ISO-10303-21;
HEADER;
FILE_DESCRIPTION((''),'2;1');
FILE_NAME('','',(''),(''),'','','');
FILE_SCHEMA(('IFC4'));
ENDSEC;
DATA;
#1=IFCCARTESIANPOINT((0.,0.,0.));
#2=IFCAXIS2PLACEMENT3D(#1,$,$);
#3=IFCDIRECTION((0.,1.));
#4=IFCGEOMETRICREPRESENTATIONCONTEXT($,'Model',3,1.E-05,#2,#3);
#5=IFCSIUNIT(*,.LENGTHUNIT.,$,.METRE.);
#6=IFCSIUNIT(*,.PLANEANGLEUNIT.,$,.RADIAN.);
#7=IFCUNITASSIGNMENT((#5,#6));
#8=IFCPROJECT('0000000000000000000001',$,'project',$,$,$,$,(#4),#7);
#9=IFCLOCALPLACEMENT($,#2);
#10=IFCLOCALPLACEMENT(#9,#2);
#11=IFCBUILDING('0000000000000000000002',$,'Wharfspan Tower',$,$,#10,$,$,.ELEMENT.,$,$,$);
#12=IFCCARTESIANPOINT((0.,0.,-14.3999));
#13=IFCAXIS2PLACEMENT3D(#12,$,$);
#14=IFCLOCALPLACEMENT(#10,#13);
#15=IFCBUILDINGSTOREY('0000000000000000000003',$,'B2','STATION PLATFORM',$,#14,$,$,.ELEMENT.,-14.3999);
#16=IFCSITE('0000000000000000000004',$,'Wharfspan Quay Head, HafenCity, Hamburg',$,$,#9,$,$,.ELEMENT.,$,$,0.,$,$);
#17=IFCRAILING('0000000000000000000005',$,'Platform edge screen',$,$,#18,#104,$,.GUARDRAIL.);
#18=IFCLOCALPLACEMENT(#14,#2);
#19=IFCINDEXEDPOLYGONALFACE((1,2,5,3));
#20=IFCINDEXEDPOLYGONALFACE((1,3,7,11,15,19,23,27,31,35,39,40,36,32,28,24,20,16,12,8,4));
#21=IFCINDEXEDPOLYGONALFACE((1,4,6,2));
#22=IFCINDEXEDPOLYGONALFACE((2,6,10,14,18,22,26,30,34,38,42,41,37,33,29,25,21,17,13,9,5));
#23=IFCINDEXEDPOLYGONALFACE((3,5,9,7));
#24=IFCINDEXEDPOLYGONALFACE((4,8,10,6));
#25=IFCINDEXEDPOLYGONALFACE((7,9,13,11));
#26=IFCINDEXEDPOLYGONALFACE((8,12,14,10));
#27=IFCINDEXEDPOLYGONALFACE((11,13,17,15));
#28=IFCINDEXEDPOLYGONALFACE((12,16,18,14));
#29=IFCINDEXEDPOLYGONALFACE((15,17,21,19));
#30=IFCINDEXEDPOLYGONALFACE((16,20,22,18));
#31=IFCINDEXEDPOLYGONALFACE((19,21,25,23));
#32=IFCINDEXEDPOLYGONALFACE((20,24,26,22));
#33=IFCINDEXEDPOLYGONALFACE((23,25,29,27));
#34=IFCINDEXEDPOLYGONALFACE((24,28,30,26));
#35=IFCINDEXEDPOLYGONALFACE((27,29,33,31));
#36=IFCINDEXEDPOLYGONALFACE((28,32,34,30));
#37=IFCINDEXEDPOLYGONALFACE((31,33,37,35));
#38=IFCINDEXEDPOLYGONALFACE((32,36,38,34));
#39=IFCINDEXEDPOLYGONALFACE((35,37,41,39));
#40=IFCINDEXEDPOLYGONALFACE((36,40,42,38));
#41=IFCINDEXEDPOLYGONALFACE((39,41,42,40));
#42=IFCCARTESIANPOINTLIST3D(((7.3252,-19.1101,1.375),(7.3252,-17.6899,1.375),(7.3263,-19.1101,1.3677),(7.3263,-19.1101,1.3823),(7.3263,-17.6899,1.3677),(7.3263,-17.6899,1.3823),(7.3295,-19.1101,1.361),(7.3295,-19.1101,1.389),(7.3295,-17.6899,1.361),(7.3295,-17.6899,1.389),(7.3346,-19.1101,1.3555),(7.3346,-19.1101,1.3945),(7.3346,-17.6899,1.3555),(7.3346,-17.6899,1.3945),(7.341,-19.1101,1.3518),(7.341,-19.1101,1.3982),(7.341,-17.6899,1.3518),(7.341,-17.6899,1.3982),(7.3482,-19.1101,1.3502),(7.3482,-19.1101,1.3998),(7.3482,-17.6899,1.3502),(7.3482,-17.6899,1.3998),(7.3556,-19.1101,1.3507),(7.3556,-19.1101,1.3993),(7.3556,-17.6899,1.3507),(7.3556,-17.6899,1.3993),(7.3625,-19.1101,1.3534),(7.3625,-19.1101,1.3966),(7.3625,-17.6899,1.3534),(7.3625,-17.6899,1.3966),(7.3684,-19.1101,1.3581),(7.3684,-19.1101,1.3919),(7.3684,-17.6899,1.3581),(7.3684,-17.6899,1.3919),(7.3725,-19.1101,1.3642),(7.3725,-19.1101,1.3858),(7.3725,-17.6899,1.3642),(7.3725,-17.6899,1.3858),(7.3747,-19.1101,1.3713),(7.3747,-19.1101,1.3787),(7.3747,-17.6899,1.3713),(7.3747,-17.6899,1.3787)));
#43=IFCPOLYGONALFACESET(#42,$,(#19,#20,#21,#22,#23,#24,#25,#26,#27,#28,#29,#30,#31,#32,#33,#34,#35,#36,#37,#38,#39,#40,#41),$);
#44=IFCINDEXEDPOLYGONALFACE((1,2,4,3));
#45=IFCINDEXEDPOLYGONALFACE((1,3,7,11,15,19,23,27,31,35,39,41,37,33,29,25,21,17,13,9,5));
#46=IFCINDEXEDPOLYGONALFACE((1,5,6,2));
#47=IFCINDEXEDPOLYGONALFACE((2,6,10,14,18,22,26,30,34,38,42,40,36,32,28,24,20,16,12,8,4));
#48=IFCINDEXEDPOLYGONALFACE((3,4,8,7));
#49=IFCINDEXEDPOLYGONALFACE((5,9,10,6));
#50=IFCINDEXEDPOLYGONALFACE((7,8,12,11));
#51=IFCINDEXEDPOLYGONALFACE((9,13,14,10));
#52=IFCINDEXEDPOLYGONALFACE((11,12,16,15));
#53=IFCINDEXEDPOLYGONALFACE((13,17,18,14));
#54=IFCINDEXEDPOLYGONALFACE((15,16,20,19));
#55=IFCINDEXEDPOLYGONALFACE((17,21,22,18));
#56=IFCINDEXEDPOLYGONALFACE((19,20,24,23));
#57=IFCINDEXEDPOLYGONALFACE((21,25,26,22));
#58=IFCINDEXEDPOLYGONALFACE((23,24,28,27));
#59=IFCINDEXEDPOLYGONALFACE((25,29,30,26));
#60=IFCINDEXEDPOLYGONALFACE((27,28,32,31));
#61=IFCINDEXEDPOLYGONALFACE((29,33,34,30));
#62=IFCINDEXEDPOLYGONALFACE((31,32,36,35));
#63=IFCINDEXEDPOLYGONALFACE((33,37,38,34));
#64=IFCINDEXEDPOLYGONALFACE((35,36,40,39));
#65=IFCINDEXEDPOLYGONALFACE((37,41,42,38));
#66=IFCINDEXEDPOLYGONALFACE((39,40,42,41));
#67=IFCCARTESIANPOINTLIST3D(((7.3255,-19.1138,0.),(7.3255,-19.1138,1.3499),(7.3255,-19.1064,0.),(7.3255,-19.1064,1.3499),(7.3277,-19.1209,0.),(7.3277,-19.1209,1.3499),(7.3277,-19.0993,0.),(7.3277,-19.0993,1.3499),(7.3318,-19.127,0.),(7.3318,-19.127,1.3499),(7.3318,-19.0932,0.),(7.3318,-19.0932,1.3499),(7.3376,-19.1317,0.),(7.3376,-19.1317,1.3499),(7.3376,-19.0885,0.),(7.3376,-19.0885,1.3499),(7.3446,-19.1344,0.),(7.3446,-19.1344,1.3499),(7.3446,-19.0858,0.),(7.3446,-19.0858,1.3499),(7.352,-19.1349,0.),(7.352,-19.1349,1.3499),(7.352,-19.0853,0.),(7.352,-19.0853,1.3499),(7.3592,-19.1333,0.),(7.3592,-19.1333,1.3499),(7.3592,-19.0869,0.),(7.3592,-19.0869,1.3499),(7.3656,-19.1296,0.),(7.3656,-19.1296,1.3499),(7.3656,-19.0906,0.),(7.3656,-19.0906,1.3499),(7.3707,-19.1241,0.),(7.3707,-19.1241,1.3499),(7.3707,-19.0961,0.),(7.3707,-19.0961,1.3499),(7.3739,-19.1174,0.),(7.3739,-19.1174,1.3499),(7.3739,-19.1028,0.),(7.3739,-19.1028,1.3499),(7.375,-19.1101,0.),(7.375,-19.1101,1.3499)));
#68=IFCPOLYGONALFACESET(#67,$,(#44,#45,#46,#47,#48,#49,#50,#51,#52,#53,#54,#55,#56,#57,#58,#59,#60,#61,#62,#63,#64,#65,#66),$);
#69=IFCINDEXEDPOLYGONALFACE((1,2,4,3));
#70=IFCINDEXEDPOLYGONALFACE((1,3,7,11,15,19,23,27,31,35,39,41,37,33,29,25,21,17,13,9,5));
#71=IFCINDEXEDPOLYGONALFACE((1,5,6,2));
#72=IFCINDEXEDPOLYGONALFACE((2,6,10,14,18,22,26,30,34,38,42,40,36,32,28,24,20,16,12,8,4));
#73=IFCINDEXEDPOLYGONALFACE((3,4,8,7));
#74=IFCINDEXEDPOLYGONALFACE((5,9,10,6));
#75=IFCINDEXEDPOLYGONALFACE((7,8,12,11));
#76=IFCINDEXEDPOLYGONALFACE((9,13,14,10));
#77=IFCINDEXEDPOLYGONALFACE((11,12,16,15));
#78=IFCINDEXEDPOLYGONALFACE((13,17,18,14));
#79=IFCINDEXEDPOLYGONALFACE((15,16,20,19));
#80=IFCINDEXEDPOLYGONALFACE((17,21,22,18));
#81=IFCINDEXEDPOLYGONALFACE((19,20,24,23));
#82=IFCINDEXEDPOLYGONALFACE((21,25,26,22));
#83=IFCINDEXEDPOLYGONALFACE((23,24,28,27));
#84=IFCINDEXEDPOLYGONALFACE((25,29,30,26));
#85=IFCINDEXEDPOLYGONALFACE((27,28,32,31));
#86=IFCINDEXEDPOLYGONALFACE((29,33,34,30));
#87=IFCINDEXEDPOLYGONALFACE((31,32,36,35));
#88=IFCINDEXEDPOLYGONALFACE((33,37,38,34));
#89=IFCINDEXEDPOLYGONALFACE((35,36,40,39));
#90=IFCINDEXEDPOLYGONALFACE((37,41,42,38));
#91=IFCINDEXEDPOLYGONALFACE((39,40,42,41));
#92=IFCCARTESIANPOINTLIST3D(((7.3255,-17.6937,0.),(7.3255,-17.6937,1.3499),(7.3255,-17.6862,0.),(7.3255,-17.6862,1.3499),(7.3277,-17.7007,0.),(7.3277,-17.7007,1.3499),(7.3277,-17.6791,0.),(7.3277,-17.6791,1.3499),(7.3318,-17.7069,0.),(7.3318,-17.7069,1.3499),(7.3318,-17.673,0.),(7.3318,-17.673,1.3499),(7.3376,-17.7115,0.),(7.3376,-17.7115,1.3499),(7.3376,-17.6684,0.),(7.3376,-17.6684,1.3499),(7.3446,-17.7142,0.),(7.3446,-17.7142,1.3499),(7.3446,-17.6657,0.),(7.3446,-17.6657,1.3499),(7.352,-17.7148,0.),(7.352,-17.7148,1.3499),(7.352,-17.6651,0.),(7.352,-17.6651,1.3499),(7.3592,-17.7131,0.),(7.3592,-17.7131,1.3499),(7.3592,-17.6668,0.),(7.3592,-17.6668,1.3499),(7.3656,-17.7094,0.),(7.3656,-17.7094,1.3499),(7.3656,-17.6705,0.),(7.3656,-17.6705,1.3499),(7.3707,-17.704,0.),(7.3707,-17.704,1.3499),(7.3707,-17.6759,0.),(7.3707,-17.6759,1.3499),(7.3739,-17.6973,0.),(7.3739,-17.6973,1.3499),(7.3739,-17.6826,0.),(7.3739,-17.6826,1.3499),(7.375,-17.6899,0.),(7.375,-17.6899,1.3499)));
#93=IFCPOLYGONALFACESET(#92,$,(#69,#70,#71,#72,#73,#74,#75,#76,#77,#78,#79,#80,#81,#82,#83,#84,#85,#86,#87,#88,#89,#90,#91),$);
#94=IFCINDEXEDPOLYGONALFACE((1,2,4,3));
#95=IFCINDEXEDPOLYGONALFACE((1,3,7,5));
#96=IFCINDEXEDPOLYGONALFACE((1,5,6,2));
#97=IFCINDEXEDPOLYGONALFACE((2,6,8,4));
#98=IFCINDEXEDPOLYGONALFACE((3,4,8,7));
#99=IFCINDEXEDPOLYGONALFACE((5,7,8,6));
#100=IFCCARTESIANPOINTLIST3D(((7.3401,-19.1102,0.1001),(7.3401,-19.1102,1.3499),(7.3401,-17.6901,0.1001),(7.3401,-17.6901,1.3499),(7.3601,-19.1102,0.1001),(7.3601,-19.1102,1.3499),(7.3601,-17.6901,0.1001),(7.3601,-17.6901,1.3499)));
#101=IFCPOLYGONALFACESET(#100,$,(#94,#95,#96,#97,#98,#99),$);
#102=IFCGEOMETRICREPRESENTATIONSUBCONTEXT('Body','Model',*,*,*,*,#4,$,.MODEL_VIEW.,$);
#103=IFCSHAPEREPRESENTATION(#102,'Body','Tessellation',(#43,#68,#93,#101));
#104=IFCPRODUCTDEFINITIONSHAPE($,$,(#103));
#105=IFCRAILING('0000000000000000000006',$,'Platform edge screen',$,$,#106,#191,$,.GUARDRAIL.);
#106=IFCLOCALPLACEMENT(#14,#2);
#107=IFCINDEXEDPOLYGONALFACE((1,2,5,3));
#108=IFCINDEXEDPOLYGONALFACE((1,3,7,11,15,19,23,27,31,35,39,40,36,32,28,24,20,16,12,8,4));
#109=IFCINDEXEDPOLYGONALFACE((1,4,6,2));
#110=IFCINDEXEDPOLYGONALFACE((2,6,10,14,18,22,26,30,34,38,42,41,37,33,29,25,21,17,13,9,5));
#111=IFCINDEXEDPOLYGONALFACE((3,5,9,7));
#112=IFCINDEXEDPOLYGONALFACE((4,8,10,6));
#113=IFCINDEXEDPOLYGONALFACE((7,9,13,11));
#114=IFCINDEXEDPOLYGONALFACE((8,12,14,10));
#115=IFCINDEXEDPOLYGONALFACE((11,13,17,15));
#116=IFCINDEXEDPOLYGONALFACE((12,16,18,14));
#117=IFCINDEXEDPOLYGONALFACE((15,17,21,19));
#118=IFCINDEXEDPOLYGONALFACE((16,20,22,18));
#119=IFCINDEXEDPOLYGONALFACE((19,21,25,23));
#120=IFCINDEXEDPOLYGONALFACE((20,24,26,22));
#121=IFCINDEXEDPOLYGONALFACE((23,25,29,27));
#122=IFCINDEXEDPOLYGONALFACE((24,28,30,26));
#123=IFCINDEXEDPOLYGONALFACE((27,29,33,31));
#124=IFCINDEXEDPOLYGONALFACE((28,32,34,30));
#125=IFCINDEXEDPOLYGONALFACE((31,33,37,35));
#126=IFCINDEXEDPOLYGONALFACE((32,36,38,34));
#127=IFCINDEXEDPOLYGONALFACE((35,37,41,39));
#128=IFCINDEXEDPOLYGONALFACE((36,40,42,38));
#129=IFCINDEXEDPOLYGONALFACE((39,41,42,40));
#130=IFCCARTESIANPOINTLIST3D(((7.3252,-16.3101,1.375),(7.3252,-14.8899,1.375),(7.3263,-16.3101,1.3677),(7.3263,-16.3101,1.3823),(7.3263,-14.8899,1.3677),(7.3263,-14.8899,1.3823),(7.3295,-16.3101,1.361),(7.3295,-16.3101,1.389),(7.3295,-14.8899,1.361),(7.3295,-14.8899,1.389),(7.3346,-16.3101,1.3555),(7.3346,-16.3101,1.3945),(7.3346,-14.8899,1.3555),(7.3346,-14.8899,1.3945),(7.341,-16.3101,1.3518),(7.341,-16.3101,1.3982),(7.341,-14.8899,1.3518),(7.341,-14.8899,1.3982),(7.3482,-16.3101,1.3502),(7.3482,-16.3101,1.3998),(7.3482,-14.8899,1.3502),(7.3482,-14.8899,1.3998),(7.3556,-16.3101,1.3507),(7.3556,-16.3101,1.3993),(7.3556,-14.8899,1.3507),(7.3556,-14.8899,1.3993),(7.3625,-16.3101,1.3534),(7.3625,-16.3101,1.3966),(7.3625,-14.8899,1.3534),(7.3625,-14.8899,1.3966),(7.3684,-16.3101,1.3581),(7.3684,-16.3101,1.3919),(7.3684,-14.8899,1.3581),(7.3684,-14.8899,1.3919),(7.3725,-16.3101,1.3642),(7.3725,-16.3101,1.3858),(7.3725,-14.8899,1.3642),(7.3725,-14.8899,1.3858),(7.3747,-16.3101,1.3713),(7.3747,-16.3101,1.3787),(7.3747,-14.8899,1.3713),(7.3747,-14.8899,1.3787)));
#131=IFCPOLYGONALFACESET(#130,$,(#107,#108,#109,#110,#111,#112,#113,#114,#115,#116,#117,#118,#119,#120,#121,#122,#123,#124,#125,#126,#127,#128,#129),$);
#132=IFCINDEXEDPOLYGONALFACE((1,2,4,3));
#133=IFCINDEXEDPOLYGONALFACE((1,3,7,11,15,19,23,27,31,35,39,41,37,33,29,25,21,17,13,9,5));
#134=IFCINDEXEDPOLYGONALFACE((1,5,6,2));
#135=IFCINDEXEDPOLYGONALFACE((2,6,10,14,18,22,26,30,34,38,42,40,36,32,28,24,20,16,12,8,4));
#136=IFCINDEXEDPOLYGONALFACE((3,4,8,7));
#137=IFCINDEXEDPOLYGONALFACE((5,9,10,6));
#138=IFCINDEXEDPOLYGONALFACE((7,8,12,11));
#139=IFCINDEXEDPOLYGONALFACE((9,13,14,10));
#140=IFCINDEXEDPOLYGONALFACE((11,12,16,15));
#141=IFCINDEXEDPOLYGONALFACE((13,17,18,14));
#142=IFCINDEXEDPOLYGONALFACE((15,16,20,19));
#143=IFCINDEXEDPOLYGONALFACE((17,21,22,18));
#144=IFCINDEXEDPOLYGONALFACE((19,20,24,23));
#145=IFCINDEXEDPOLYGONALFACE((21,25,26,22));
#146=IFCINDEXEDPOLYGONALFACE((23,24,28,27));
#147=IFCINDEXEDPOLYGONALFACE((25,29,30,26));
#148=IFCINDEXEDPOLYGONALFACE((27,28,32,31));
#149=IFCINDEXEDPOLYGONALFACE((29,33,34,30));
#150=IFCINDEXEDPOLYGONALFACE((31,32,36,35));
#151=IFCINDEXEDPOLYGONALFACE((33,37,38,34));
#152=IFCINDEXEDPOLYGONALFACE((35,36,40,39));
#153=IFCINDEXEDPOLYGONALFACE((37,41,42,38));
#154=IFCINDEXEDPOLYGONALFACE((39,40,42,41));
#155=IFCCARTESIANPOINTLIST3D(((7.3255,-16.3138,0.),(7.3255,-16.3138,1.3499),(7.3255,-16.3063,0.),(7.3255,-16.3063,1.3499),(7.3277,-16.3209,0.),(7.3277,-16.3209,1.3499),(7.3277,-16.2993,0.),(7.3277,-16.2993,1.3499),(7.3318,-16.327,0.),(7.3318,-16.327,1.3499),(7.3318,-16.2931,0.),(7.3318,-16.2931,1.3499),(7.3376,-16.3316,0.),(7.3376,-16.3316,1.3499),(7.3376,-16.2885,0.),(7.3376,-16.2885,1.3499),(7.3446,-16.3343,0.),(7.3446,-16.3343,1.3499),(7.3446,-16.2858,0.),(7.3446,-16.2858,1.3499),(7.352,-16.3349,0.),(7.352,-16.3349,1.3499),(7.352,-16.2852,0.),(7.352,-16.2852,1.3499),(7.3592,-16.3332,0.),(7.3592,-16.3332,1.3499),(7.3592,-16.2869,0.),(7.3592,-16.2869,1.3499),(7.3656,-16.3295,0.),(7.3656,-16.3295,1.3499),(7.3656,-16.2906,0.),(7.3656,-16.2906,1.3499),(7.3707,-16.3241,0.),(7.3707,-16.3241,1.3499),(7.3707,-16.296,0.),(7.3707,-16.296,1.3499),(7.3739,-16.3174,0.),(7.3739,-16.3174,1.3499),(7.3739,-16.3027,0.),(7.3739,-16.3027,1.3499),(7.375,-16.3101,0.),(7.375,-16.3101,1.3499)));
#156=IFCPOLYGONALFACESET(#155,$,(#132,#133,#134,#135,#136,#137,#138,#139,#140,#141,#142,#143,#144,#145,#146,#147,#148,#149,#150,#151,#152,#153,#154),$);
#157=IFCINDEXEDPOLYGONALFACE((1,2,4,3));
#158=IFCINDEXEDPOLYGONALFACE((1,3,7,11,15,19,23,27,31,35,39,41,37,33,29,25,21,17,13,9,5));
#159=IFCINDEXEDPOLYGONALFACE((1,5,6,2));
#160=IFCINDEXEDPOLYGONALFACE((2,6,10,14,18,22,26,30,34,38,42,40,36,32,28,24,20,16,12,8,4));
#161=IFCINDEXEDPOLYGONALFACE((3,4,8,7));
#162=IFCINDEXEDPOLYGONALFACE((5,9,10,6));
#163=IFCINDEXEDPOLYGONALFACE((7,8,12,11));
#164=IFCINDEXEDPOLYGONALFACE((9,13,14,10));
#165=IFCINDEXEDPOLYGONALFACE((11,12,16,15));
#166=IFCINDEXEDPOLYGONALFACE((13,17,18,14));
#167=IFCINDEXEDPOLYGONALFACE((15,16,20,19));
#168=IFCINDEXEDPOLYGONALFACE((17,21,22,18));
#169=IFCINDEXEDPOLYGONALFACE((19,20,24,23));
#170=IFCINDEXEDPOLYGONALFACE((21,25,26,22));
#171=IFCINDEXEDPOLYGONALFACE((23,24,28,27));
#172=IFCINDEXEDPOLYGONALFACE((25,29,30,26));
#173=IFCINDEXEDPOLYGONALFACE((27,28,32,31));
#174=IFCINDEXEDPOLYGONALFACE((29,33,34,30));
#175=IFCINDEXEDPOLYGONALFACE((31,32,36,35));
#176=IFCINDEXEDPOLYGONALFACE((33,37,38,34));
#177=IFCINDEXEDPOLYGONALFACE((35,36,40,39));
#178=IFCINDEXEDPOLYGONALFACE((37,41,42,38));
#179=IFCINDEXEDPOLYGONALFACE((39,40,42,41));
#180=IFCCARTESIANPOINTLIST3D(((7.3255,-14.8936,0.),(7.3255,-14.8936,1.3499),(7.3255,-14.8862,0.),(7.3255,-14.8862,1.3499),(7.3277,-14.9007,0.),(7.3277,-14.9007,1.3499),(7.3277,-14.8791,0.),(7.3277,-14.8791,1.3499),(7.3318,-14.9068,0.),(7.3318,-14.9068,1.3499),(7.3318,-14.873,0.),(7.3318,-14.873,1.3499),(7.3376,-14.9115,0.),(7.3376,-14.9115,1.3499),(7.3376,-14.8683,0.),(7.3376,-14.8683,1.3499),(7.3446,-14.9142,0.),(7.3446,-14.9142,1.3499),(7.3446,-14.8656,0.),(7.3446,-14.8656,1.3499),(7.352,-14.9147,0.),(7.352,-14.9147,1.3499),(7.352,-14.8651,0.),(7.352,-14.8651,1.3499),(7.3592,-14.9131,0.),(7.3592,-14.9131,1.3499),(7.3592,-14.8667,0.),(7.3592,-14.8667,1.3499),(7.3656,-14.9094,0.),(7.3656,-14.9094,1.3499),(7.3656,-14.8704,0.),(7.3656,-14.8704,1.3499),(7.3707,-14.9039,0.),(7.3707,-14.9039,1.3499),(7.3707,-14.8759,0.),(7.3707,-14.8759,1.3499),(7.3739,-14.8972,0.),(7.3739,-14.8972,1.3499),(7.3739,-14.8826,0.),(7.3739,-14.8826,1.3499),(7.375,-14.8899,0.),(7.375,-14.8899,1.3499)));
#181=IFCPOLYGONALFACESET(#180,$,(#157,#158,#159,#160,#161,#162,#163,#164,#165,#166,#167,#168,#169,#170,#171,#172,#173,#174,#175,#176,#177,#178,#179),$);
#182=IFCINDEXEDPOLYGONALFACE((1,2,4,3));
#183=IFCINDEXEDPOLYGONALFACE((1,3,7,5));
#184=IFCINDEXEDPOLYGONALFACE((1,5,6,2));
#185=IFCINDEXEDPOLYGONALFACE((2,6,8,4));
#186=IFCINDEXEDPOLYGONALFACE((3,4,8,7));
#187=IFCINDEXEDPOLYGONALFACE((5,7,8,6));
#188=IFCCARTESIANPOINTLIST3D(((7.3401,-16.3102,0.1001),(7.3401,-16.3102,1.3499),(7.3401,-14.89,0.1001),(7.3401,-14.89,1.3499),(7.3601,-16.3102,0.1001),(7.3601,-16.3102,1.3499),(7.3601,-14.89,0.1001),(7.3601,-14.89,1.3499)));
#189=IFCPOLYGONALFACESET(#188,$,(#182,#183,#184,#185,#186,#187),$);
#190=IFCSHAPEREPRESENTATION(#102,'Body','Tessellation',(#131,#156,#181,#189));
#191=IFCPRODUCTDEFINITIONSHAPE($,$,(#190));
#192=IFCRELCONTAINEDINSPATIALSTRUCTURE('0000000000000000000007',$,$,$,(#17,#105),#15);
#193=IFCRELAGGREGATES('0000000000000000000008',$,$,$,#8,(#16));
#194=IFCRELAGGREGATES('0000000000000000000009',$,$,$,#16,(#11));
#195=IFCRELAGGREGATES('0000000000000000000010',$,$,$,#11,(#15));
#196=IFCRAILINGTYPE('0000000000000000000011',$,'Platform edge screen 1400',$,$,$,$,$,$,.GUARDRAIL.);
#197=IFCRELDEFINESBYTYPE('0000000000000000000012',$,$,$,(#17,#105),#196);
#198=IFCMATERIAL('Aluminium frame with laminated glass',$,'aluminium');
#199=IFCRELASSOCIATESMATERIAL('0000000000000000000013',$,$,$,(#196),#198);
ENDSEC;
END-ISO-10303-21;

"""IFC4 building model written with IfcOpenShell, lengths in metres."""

from ifc_helpers import new_model, si_unit, direction, frame, origin, origin_2d, place, context, subcontext, project, spatial, rectangle, circle, extrude, material, type_object, element, save


model = new_model("IFC4")

# Units and contexts
model_context = context("Model", 3, precision=1e-05, world=origin(), true_north=direction((0.0, 1.0)))
body_context = subcontext(model_context, "Body", "Model", "MODEL_VIEW")
ifc_project = project(units=[si_unit("LENGTHUNIT", "METRE"), si_unit("PLANEANGLEUNIT", "RADIAN")], contexts=[model_context])

# Site, building, storey
site_placement = place(None, origin())
site = spatial("IfcSite", under=ifc_project, at=site_placement, Name="Wharfspan Quay Head, HafenCity, Hamburg", CompositionType="ELEMENT", RefElevation=0.0)
building_placement = place(site_placement, origin())
building = spatial("IfcBuilding", under=site, at=building_placement, Name="Wharfspan Tower", CompositionType="ELEMENT")
storey_placement = place(building_placement, frame((0.0, 0.0, -14.3999)))
storey = spatial("IfcBuildingStorey", under=building, at=storey_placement, Name="B2", Description="STATION PLATFORM", CompositionType="ELEMENT", Elevation=-14.3999)

# Railings
ifc_material_1 = material(Name="Aluminium frame with laminated glass", Category="aluminium")
railing_type_1 = type_object("IfcRailingType", Name="Platform edge screen 1400", PredefinedType="GUARDRAIL", material=ifc_material_1)
for number, where, name in (
    (1, (7.3501, -19.1101, 0.0), "Platform edge screen"),
    (2, (7.3501, -16.3101, 0.0), "Platform edge screen"),
):
    element("IfcRailing", number, at=place(storey_placement, frame(where)), inside=storey, type_object=railing_type_1, Name=name, PredefinedType="GUARDRAIL", context=body_context, shape_type="SweptSolid", body=[
        extrude(circle(Radius=0.0249, at=origin_2d()), frame((0.0, 0.0, 1.375), z_axis=(0.0, 1.0, 0.0), x_axis=(-1.0, 0.0, 0.0)), (0.0, 0.0, 1.0), 1.4202),
        extrude(circle(Radius=0.0249, at=origin_2d()), origin(), (0.0, 0.0, 1.0), 1.3499),
        extrude(circle(Radius=0.0249, at=origin_2d()), frame((0.0, 1.4202, 0.0)), (0.0, 0.0, 1.0), 1.3499),
        extrude(rectangle(XDim=1.4202, YDim=0.02, at=origin_2d()), frame((0.0, 0.71, 0.1001), z_axis=(0.0, 0.0, 1.0), x_axis=(0.0, 1.0, 0.0)), (0.0, 0.0, 1.0), 1.2498),
    ])

save(model, "model.ifc")
